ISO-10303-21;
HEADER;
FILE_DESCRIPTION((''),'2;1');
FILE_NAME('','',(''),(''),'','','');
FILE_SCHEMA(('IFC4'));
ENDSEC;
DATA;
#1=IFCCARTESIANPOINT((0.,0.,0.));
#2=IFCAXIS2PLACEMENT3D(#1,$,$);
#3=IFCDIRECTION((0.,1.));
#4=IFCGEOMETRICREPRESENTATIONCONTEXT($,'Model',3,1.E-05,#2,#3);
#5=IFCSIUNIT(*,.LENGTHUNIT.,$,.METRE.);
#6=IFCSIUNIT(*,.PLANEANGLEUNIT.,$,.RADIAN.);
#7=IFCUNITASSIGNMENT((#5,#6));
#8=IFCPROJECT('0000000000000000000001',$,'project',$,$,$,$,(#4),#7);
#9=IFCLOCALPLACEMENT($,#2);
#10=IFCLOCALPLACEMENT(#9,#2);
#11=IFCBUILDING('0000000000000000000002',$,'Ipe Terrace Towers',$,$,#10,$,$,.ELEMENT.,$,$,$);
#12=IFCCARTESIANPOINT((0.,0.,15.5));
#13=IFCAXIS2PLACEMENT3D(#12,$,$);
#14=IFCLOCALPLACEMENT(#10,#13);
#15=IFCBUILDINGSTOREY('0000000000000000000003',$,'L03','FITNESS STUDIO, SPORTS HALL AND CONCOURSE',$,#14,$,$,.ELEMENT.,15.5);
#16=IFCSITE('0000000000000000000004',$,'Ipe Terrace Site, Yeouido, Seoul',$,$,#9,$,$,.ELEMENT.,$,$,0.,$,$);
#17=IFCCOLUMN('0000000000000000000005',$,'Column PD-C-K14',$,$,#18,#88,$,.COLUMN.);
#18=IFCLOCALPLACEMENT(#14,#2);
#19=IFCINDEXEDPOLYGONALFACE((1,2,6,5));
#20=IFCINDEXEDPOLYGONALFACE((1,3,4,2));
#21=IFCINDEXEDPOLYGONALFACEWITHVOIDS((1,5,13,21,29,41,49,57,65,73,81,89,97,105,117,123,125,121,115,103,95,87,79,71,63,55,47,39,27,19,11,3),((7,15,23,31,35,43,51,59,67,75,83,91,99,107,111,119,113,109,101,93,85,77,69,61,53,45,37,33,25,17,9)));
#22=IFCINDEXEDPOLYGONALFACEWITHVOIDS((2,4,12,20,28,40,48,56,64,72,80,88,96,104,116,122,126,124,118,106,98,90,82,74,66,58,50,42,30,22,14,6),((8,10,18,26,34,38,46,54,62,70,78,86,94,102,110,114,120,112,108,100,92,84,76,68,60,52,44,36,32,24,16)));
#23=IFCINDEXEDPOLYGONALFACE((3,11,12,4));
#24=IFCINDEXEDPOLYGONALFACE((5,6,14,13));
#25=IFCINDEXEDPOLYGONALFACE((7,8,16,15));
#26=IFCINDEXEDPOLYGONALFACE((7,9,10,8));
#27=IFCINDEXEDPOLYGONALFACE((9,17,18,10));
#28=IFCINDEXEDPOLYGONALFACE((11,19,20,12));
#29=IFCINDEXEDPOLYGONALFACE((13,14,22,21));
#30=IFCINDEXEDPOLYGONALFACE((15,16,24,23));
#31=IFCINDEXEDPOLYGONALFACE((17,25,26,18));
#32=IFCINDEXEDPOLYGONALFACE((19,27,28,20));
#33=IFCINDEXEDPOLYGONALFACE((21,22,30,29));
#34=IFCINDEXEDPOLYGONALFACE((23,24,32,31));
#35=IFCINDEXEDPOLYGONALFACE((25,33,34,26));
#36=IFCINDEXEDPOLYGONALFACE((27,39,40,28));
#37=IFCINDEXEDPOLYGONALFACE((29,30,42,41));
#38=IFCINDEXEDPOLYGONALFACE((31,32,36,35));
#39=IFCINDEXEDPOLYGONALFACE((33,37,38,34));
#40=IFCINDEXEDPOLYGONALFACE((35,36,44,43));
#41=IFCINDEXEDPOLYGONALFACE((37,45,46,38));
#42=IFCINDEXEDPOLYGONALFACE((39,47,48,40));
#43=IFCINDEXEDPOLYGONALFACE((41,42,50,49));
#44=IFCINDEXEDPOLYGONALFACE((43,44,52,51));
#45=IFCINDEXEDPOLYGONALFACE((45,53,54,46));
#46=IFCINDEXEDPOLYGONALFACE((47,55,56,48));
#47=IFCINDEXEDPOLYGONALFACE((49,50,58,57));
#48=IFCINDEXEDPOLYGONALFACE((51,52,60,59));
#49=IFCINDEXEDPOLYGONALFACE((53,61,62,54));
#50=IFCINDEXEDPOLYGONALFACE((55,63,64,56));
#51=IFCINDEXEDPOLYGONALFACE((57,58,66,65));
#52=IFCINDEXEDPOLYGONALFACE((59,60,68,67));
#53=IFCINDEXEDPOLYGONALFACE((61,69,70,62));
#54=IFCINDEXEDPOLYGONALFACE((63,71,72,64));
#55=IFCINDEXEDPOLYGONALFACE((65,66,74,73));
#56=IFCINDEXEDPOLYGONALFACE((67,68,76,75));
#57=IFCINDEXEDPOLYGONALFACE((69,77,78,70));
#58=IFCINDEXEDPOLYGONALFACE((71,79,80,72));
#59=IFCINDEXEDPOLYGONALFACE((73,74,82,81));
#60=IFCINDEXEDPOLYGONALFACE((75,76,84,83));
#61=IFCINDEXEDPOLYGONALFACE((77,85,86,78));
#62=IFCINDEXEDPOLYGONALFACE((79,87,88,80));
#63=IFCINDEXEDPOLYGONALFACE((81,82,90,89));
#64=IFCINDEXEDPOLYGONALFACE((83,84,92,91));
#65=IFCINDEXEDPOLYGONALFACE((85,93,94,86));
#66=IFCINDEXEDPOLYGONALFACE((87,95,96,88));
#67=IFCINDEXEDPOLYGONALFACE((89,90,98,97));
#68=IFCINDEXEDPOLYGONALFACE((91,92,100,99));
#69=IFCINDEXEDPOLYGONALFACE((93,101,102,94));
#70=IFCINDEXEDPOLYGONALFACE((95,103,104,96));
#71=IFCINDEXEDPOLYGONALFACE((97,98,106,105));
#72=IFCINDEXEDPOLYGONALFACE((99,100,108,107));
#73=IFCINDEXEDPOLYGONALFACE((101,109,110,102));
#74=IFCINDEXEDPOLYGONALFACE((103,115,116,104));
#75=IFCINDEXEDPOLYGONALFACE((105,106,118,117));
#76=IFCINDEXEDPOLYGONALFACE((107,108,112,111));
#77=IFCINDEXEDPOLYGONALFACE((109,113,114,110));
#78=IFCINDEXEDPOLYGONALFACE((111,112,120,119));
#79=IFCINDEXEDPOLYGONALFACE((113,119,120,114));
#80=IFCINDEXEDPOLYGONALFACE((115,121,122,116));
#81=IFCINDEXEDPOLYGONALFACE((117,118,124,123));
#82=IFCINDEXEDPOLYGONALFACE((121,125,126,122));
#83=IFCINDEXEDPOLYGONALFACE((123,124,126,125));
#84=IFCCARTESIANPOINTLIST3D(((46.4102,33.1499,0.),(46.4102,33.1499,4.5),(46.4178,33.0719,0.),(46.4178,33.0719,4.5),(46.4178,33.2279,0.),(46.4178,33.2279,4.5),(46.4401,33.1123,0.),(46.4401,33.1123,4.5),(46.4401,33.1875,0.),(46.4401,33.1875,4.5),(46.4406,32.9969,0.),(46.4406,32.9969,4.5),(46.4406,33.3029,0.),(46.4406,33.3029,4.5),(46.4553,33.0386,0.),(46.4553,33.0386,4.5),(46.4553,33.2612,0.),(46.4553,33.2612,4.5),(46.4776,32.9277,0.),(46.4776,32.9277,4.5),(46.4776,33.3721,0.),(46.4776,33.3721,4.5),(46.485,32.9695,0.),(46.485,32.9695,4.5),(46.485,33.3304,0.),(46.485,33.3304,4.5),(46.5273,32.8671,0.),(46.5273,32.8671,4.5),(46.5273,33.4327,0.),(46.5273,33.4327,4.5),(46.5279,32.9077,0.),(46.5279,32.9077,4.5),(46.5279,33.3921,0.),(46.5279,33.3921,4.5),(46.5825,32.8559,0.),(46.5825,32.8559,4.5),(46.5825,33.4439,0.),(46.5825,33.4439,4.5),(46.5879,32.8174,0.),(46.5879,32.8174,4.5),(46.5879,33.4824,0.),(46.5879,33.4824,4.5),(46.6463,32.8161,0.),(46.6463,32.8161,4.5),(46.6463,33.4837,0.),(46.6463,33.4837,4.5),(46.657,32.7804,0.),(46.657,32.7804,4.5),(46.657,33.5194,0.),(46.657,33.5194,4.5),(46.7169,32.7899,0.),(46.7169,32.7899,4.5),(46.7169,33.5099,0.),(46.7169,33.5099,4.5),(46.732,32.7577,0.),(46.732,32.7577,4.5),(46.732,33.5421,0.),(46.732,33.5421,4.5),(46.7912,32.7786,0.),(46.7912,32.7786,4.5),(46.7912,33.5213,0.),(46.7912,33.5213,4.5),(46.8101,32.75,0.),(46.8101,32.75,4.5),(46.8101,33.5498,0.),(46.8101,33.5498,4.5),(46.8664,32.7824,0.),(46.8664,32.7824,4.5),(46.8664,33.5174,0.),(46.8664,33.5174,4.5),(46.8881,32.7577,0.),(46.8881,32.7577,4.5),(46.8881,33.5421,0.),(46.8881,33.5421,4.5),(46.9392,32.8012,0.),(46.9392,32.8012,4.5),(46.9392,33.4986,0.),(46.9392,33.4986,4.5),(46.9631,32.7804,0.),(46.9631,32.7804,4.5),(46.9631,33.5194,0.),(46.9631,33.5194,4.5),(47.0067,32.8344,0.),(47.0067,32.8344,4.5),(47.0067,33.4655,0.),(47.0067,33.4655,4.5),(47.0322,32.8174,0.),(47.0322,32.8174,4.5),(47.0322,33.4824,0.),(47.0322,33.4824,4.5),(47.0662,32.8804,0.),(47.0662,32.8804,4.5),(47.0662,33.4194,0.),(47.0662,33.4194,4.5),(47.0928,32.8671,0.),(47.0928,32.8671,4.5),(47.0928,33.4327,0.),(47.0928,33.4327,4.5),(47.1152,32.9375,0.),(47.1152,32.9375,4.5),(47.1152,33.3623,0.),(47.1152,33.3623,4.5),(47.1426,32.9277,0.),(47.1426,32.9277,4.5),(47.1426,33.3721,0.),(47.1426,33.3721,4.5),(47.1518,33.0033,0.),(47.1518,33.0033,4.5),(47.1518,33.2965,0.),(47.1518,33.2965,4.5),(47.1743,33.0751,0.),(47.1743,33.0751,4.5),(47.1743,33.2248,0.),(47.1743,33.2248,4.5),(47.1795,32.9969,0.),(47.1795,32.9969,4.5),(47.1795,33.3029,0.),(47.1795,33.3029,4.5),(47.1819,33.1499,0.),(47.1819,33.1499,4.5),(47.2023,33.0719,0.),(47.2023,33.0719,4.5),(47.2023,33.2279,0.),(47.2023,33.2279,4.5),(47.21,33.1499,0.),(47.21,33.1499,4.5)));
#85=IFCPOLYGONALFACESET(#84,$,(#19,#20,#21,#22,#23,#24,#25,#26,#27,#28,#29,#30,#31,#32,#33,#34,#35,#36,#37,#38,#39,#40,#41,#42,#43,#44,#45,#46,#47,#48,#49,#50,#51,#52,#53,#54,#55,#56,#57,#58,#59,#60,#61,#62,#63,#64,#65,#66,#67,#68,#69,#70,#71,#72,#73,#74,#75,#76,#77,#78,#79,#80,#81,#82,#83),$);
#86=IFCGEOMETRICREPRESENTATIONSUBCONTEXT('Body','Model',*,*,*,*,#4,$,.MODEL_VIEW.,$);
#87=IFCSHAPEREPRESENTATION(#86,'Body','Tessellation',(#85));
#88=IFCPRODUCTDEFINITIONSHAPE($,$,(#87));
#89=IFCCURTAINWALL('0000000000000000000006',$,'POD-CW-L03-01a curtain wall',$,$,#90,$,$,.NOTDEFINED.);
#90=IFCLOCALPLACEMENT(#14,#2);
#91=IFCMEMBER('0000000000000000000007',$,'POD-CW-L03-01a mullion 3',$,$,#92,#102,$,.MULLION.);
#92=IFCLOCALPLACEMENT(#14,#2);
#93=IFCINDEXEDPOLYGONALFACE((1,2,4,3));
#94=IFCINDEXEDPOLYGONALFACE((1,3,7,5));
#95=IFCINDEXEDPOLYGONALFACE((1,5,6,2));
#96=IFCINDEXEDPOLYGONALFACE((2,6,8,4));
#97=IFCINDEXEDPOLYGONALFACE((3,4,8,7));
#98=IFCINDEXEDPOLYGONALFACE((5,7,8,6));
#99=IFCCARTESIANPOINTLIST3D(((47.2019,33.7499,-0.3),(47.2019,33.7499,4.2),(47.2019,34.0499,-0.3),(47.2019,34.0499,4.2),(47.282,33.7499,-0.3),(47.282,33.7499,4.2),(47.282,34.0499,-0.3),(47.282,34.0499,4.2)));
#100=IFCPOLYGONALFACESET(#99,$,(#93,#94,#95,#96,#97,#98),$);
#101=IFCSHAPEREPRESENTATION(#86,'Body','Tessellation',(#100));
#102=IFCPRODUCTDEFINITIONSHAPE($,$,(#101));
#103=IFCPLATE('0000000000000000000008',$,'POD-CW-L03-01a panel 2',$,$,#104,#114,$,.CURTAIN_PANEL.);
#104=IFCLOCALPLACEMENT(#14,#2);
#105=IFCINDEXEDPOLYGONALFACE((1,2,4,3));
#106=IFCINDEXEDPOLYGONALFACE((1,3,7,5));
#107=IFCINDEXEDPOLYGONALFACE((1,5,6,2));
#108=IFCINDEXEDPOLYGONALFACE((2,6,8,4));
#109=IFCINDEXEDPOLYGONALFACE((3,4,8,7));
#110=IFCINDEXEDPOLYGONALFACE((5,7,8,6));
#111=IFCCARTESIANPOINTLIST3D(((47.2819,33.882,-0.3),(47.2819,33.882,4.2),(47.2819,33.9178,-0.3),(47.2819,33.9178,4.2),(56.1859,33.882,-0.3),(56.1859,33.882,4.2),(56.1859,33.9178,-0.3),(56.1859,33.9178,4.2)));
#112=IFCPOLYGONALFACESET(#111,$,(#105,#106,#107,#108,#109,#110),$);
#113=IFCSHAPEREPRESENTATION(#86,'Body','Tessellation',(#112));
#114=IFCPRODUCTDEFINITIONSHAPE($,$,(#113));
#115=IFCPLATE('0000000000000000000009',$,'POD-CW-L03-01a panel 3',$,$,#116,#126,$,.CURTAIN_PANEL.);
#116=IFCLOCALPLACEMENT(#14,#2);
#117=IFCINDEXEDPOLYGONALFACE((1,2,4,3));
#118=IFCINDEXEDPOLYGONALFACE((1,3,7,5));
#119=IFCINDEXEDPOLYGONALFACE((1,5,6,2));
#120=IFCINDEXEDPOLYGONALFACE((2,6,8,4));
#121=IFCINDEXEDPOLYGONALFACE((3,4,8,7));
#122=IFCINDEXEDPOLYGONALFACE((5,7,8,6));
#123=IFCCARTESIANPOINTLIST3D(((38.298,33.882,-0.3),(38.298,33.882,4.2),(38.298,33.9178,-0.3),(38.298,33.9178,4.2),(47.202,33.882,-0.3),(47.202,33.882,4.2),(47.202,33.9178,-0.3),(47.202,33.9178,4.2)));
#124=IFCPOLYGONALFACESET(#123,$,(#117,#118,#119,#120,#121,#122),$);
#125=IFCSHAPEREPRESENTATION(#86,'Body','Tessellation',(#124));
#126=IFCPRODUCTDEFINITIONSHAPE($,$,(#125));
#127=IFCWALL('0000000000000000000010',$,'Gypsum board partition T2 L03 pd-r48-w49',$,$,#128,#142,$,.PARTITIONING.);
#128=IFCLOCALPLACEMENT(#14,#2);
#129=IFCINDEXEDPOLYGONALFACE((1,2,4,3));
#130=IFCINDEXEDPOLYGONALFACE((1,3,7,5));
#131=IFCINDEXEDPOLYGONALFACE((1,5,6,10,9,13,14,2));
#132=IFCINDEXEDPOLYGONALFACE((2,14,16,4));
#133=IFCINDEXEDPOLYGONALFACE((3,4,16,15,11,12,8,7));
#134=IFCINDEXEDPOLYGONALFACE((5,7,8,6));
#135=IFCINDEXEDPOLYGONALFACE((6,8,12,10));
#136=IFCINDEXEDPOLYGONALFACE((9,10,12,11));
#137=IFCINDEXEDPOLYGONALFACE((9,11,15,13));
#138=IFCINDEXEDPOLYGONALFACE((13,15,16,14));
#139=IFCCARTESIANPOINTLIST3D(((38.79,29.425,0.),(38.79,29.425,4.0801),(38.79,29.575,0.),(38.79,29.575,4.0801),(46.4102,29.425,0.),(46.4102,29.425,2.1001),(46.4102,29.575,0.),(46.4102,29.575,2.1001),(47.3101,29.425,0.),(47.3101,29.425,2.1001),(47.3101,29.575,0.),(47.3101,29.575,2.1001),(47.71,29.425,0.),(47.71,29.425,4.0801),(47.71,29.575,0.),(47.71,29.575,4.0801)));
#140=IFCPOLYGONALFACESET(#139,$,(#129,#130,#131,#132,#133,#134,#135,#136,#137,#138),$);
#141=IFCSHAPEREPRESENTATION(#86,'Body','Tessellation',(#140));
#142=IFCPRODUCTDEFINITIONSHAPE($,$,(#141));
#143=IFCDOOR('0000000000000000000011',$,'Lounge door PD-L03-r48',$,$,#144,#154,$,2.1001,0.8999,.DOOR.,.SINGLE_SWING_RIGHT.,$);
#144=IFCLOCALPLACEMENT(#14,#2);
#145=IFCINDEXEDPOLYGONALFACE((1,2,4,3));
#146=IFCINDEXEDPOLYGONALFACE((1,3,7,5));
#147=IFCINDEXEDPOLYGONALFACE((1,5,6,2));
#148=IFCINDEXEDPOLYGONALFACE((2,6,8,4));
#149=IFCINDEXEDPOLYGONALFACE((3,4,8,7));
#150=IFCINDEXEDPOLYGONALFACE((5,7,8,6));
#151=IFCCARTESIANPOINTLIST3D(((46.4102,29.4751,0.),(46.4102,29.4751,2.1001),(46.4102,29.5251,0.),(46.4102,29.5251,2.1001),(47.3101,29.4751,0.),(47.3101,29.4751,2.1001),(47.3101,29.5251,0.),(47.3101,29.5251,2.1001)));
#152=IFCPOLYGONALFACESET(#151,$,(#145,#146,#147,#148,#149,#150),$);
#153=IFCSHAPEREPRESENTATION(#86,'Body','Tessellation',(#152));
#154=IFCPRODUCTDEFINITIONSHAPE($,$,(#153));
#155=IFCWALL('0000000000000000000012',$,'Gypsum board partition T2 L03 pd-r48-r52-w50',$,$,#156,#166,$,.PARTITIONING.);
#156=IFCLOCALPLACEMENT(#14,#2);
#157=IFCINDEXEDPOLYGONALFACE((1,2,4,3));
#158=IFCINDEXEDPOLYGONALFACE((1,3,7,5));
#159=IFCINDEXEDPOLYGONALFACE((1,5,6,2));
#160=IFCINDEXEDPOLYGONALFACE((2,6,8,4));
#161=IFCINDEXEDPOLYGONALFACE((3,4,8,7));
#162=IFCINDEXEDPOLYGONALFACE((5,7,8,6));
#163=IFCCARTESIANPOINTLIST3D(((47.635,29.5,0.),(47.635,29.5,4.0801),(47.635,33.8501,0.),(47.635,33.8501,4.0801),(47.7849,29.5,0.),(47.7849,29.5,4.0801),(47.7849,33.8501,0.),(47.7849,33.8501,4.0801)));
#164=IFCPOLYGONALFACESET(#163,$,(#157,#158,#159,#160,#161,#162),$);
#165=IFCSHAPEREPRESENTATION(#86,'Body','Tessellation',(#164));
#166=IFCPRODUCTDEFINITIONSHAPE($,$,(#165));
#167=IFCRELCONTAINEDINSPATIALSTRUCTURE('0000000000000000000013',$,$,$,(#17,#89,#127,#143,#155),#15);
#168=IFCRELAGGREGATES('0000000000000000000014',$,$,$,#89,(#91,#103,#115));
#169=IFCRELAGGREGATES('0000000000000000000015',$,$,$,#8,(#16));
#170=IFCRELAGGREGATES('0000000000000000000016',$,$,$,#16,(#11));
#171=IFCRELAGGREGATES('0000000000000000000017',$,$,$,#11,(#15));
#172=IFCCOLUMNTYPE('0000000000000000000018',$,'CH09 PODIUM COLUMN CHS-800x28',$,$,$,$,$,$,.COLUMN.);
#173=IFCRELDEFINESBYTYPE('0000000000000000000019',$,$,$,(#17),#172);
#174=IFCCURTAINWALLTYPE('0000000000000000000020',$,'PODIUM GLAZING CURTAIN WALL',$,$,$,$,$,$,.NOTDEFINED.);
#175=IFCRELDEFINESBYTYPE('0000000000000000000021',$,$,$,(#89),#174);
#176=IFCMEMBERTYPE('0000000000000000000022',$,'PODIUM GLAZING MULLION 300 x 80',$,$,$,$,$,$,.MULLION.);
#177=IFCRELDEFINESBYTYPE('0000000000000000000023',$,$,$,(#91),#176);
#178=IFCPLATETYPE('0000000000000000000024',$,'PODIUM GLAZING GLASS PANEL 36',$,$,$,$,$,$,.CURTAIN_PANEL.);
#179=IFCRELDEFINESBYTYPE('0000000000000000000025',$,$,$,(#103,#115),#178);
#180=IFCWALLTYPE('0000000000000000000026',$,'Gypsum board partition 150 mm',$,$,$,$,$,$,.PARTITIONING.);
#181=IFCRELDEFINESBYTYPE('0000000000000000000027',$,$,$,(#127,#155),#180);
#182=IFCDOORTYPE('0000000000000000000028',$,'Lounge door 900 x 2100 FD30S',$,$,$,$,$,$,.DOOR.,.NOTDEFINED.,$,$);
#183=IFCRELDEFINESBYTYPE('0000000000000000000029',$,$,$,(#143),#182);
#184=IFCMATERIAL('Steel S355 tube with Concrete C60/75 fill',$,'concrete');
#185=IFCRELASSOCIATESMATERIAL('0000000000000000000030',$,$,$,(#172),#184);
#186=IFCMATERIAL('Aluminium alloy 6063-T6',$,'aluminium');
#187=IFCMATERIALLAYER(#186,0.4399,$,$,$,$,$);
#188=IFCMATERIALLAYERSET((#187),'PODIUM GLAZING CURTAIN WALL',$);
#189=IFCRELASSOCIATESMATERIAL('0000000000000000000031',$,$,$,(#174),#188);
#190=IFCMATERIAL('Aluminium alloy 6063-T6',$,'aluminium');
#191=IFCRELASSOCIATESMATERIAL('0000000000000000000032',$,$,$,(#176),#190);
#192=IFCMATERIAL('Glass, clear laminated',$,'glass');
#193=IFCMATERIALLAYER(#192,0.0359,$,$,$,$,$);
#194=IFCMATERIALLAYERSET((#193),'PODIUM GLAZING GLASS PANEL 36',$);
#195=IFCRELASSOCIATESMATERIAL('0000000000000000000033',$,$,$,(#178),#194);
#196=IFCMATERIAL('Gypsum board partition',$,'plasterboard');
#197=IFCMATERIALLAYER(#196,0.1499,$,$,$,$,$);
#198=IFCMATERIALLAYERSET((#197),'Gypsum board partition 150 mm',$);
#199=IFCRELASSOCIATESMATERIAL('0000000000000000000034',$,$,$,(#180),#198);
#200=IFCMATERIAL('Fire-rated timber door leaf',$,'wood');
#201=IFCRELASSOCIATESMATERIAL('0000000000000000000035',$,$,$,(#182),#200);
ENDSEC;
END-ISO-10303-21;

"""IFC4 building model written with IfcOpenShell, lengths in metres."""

from ifc_helpers import new_model, si_unit, direction, frame, frame_2d, origin, origin_2d, place, context, subcontext, project, spatial, rectangle, hollow_circle, extrude, material, layer, layer_set, material_profile, profile_set, type_object, element, fill, aggregate, save


model = new_model("IFC4")

# Units and contexts
model_context = context("Model", 3, precision=1e-05, world=origin(), true_north=direction((0.0, 1.0)))
body_context = subcontext(model_context, "Body", "Model", "MODEL_VIEW")
ifc_project = project(units=[si_unit("LENGTHUNIT", "METRE"), si_unit("PLANEANGLEUNIT", "RADIAN")], contexts=[model_context])

# Site, building, storey
site_placement = place(None, origin())
site = spatial("IfcSite", under=ifc_project, at=site_placement, Name="Ipe Terrace Site, Yeouido, Seoul", CompositionType="ELEMENT", RefElevation=0.0)
building_placement = place(site_placement, origin())
building = spatial("IfcBuilding", under=site, at=building_placement, Name="Ipe Terrace Towers", CompositionType="ELEMENT")
storey_placement = place(building_placement, frame((0.0, 0.0, 15.5)))
storey = spatial("IfcBuildingStorey", under=building, at=storey_placement, Name="L03", Description="FITNESS STUDIO, SPORTS HALL AND CONCOURSE", CompositionType="ELEMENT", Elevation=15.5)

# Column
ifc_material_1 = material(Name="Steel S355 tube with Concrete C60/75 fill", Category="concrete")
ifc_material_profile_1 = material_profile(ifc_material_1, hollow_circle(Radius=0.3999, WallThickness=0.0281, at=origin_2d()), Name="CHS-800x28")
ifc_profile_set_1 = profile_set([ifc_material_profile_1], Name="Steel S355 tube with Concrete C60/75 fill")
column_type_1 = type_object("IfcColumnType", Name="CH09 PODIUM COLUMN CHS-800x28", PredefinedType="COLUMN", material=ifc_profile_set_1)
column_placement = place(storey_placement, frame((46.8101, 33.1499, 0.0), z_axis=(0.0, 0.0, 1.0), x_axis=(1.0, 0.0, 0.0)))
element("IfcColumn", 1, at=column_placement, inside=storey, type_object=column_type_1, Name="Column PD-C-K14", PredefinedType="COLUMN", context=body_context, shape_type="SweptSolid", body=[
    extrude(hollow_circle(Radius=0.3999, WallThickness=0.0281, at=origin_2d()), origin(), (0.0, 0.0, 1.0), 4.5),
])

# Curtain wall, member, plates
ifc_material_2 = material(Name="Aluminium alloy 6063-T6", Category="aluminium")
ifc_layer_1 = layer(ifc_material_2, 0.4399)
ifc_layer_set_1 = layer_set([ifc_layer_1], Name="PODIUM GLAZING CURTAIN WALL")
curtain_wall_type = type_object("IfcCurtainWallType", Name="PODIUM GLAZING CURTAIN WALL", PredefinedType="NOTDEFINED", material=ifc_layer_set_1)
curtain_wall_placement = place(storey_placement, origin())
curtain_wall = element("IfcCurtainWall", 2, at=curtain_wall_placement, inside=storey, type_object=curtain_wall_type, Name="POD-CW-L03-01a curtain wall", PredefinedType="NOTDEFINED")
ifc_material_3 = material(Name="Aluminium alloy 6063-T6", Category="aluminium")
ifc_material_profile_2 = material_profile(ifc_material_3, rectangle(XDim=0.3, YDim=0.0801, at=origin_2d()), Name="PODIUM GLAZING MULLION 300 x 80")
ifc_profile_set_2 = profile_set([ifc_material_profile_2], Name="Aluminium alloy 6063-T6")
member_type = type_object("IfcMemberType", Name="PODIUM GLAZING MULLION 300 x 80", PredefinedType="MULLION", material=ifc_profile_set_2)
member_placement = place(storey_placement, frame((47.2419, 33.8999, -0.3), z_axis=(0.0, 0.0, 1.0), x_axis=(0.0, 1.0, 0.0)))
member = element("IfcMember", 3, at=member_placement, type_object=member_type, Name="POD-CW-L03-01a mullion 3", PredefinedType="MULLION", context=body_context, shape_type="SweptSolid", body=[
    extrude(rectangle(XDim=0.3, YDim=0.0801, at=origin_2d()), origin(), (0.0, 0.0, 1.0), 4.5),
])
ifc_material_4 = material(Name="Glass, clear laminated", Category="glass")
ifc_layer_2 = layer(ifc_material_4, 0.0359)
ifc_layer_set_2 = layer_set([ifc_layer_2], Name="PODIUM GLAZING GLASS PANEL 36")
plate_type = type_object("IfcPlateType", Name="PODIUM GLAZING GLASS PANEL 36", PredefinedType="CURTAIN_PANEL", material=ifc_layer_set_2)
plate_1_placement = place(storey_placement, frame((51.7339, 33.8999, -0.3), z_axis=(0.0, 0.0, 1.0), x_axis=(-1.0, 0.0, 0.0)))
plate_1 = element("IfcPlate", 4, at=plate_1_placement, type_object=plate_type, Name="POD-CW-L03-01a panel 2", PredefinedType="CURTAIN_PANEL", context=body_context, shape_type="SweptSolid", body=[
    extrude(rectangle(XDim=8.9041, YDim=0.0359, at=origin_2d()), origin(), (0.0, 0.0, 1.0), 4.5),
])
plate_2_placement = place(storey_placement, frame((42.75, 33.8999, -0.3), z_axis=(0.0, 0.0, 1.0), x_axis=(-1.0, 0.0, 0.0)))
plate_2 = element("IfcPlate", 5, at=plate_2_placement, type_object=plate_type, Name="POD-CW-L03-01a panel 3", PredefinedType="CURTAIN_PANEL", context=body_context, shape_type="SweptSolid", body=[
    extrude(rectangle(XDim=8.9041, YDim=0.0359, at=origin_2d()), origin(), (0.0, 0.0, 1.0), 4.5),
])
aggregate(curtain_wall, [member, plate_1, plate_2])

# Wall, opening, door
ifc_material_5 = material(Name="Gypsum board partition", Category="plasterboard")
ifc_layer_3 = layer(ifc_material_5, 0.1499)
ifc_layer_set_3 = layer_set([ifc_layer_3], Name="Gypsum board partition 150 mm")
wall_type_1 = type_object("IfcWallType", Name="Gypsum board partition 150 mm", PredefinedType="PARTITIONING", material=ifc_layer_set_3)
wall_1_placement = place(storey_placement, frame((47.71, 29.5, 0.0), z_axis=(0.0, 0.0, 1.0), x_axis=(-1.0, 0.0, 0.0)))
wall_1 = element("IfcWall", 6, at=wall_1_placement, inside=storey, type_object=wall_type_1, Name="Gypsum board partition T2 L03 pd-r48-w49", PredefinedType="PARTITIONING", context=body_context, shape_type="SweptSolid", body=[
    extrude(rectangle(XDim=8.9199, YDim=0.1499, at=frame_2d((4.46, 0.0))), origin(), (0.0, 0.0, 1.0), 4.0801),
])
opening_1_placement = place(wall_1_placement, frame((0.3999, 0.0, 0.0)))
opening_1 = element("IfcOpeningElement", 7, at=opening_1_placement, cuts=wall_1, PredefinedType="OPENING", context=body_context, shape_type="SweptSolid", body=[
    extrude(rectangle(XDim=0.8999, YDim=2.1001, at=frame_2d((0.45, 1.05))), frame((0.0, 0.085, 0.0), z_axis=(0.0, -1.0, 0.0), x_axis=(1.0, 0.0, 0.0)), (0.0, 0.0, 1.0), 0.1699),
])
ifc_material_6 = material(Name="Fire-rated timber door leaf", Category="wood")
door_type_1 = type_object("IfcDoorType", Name="Lounge door 900 x 2100 FD30S", OperationType="NOTDEFINED", PredefinedType="DOOR", material=ifc_material_6)
door_1_placement = place(opening_1_placement, origin())
door_1 = element("IfcDoor", 8, at=door_1_placement, inside=storey, type_object=door_type_1, Name="Lounge door PD-L03-r48", OperationType="SINGLE_SWING_RIGHT", OverallHeight=2.1001, OverallWidth=0.8999, PredefinedType="DOOR", context=body_context, shape_type="SweptSolid", body=[
    extrude(rectangle(XDim=0.8999, YDim=2.1001, at=frame_2d((0.45, 1.05))), frame((0.0, 0.0249, 0.0), z_axis=(0.0, -1.0, 0.0), x_axis=(1.0, 0.0, 0.0)), (0.0, 0.0, 1.0), 0.05),
])
fill(opening_1, door_1)

# Wall
wall_2_placement = place(storey_placement, frame((47.71, 33.8501, 0.0), z_axis=(0.0, 0.0, 1.0), x_axis=(0.0, -1.0, 0.0)))
element("IfcWall", 9, at=wall_2_placement, inside=storey, type_object=wall_type_1, Name="Gypsum board partition T2 L03 pd-r48-r52-w50", PredefinedType="PARTITIONING", context=body_context, shape_type="SweptSolid", body=[
    extrude(rectangle(XDim=4.3501, YDim=0.1499, at=frame_2d((2.175, 0.0))), origin(), (0.0, 0.0, 1.0), 4.0801),
])

save(model, "model.ifc")
